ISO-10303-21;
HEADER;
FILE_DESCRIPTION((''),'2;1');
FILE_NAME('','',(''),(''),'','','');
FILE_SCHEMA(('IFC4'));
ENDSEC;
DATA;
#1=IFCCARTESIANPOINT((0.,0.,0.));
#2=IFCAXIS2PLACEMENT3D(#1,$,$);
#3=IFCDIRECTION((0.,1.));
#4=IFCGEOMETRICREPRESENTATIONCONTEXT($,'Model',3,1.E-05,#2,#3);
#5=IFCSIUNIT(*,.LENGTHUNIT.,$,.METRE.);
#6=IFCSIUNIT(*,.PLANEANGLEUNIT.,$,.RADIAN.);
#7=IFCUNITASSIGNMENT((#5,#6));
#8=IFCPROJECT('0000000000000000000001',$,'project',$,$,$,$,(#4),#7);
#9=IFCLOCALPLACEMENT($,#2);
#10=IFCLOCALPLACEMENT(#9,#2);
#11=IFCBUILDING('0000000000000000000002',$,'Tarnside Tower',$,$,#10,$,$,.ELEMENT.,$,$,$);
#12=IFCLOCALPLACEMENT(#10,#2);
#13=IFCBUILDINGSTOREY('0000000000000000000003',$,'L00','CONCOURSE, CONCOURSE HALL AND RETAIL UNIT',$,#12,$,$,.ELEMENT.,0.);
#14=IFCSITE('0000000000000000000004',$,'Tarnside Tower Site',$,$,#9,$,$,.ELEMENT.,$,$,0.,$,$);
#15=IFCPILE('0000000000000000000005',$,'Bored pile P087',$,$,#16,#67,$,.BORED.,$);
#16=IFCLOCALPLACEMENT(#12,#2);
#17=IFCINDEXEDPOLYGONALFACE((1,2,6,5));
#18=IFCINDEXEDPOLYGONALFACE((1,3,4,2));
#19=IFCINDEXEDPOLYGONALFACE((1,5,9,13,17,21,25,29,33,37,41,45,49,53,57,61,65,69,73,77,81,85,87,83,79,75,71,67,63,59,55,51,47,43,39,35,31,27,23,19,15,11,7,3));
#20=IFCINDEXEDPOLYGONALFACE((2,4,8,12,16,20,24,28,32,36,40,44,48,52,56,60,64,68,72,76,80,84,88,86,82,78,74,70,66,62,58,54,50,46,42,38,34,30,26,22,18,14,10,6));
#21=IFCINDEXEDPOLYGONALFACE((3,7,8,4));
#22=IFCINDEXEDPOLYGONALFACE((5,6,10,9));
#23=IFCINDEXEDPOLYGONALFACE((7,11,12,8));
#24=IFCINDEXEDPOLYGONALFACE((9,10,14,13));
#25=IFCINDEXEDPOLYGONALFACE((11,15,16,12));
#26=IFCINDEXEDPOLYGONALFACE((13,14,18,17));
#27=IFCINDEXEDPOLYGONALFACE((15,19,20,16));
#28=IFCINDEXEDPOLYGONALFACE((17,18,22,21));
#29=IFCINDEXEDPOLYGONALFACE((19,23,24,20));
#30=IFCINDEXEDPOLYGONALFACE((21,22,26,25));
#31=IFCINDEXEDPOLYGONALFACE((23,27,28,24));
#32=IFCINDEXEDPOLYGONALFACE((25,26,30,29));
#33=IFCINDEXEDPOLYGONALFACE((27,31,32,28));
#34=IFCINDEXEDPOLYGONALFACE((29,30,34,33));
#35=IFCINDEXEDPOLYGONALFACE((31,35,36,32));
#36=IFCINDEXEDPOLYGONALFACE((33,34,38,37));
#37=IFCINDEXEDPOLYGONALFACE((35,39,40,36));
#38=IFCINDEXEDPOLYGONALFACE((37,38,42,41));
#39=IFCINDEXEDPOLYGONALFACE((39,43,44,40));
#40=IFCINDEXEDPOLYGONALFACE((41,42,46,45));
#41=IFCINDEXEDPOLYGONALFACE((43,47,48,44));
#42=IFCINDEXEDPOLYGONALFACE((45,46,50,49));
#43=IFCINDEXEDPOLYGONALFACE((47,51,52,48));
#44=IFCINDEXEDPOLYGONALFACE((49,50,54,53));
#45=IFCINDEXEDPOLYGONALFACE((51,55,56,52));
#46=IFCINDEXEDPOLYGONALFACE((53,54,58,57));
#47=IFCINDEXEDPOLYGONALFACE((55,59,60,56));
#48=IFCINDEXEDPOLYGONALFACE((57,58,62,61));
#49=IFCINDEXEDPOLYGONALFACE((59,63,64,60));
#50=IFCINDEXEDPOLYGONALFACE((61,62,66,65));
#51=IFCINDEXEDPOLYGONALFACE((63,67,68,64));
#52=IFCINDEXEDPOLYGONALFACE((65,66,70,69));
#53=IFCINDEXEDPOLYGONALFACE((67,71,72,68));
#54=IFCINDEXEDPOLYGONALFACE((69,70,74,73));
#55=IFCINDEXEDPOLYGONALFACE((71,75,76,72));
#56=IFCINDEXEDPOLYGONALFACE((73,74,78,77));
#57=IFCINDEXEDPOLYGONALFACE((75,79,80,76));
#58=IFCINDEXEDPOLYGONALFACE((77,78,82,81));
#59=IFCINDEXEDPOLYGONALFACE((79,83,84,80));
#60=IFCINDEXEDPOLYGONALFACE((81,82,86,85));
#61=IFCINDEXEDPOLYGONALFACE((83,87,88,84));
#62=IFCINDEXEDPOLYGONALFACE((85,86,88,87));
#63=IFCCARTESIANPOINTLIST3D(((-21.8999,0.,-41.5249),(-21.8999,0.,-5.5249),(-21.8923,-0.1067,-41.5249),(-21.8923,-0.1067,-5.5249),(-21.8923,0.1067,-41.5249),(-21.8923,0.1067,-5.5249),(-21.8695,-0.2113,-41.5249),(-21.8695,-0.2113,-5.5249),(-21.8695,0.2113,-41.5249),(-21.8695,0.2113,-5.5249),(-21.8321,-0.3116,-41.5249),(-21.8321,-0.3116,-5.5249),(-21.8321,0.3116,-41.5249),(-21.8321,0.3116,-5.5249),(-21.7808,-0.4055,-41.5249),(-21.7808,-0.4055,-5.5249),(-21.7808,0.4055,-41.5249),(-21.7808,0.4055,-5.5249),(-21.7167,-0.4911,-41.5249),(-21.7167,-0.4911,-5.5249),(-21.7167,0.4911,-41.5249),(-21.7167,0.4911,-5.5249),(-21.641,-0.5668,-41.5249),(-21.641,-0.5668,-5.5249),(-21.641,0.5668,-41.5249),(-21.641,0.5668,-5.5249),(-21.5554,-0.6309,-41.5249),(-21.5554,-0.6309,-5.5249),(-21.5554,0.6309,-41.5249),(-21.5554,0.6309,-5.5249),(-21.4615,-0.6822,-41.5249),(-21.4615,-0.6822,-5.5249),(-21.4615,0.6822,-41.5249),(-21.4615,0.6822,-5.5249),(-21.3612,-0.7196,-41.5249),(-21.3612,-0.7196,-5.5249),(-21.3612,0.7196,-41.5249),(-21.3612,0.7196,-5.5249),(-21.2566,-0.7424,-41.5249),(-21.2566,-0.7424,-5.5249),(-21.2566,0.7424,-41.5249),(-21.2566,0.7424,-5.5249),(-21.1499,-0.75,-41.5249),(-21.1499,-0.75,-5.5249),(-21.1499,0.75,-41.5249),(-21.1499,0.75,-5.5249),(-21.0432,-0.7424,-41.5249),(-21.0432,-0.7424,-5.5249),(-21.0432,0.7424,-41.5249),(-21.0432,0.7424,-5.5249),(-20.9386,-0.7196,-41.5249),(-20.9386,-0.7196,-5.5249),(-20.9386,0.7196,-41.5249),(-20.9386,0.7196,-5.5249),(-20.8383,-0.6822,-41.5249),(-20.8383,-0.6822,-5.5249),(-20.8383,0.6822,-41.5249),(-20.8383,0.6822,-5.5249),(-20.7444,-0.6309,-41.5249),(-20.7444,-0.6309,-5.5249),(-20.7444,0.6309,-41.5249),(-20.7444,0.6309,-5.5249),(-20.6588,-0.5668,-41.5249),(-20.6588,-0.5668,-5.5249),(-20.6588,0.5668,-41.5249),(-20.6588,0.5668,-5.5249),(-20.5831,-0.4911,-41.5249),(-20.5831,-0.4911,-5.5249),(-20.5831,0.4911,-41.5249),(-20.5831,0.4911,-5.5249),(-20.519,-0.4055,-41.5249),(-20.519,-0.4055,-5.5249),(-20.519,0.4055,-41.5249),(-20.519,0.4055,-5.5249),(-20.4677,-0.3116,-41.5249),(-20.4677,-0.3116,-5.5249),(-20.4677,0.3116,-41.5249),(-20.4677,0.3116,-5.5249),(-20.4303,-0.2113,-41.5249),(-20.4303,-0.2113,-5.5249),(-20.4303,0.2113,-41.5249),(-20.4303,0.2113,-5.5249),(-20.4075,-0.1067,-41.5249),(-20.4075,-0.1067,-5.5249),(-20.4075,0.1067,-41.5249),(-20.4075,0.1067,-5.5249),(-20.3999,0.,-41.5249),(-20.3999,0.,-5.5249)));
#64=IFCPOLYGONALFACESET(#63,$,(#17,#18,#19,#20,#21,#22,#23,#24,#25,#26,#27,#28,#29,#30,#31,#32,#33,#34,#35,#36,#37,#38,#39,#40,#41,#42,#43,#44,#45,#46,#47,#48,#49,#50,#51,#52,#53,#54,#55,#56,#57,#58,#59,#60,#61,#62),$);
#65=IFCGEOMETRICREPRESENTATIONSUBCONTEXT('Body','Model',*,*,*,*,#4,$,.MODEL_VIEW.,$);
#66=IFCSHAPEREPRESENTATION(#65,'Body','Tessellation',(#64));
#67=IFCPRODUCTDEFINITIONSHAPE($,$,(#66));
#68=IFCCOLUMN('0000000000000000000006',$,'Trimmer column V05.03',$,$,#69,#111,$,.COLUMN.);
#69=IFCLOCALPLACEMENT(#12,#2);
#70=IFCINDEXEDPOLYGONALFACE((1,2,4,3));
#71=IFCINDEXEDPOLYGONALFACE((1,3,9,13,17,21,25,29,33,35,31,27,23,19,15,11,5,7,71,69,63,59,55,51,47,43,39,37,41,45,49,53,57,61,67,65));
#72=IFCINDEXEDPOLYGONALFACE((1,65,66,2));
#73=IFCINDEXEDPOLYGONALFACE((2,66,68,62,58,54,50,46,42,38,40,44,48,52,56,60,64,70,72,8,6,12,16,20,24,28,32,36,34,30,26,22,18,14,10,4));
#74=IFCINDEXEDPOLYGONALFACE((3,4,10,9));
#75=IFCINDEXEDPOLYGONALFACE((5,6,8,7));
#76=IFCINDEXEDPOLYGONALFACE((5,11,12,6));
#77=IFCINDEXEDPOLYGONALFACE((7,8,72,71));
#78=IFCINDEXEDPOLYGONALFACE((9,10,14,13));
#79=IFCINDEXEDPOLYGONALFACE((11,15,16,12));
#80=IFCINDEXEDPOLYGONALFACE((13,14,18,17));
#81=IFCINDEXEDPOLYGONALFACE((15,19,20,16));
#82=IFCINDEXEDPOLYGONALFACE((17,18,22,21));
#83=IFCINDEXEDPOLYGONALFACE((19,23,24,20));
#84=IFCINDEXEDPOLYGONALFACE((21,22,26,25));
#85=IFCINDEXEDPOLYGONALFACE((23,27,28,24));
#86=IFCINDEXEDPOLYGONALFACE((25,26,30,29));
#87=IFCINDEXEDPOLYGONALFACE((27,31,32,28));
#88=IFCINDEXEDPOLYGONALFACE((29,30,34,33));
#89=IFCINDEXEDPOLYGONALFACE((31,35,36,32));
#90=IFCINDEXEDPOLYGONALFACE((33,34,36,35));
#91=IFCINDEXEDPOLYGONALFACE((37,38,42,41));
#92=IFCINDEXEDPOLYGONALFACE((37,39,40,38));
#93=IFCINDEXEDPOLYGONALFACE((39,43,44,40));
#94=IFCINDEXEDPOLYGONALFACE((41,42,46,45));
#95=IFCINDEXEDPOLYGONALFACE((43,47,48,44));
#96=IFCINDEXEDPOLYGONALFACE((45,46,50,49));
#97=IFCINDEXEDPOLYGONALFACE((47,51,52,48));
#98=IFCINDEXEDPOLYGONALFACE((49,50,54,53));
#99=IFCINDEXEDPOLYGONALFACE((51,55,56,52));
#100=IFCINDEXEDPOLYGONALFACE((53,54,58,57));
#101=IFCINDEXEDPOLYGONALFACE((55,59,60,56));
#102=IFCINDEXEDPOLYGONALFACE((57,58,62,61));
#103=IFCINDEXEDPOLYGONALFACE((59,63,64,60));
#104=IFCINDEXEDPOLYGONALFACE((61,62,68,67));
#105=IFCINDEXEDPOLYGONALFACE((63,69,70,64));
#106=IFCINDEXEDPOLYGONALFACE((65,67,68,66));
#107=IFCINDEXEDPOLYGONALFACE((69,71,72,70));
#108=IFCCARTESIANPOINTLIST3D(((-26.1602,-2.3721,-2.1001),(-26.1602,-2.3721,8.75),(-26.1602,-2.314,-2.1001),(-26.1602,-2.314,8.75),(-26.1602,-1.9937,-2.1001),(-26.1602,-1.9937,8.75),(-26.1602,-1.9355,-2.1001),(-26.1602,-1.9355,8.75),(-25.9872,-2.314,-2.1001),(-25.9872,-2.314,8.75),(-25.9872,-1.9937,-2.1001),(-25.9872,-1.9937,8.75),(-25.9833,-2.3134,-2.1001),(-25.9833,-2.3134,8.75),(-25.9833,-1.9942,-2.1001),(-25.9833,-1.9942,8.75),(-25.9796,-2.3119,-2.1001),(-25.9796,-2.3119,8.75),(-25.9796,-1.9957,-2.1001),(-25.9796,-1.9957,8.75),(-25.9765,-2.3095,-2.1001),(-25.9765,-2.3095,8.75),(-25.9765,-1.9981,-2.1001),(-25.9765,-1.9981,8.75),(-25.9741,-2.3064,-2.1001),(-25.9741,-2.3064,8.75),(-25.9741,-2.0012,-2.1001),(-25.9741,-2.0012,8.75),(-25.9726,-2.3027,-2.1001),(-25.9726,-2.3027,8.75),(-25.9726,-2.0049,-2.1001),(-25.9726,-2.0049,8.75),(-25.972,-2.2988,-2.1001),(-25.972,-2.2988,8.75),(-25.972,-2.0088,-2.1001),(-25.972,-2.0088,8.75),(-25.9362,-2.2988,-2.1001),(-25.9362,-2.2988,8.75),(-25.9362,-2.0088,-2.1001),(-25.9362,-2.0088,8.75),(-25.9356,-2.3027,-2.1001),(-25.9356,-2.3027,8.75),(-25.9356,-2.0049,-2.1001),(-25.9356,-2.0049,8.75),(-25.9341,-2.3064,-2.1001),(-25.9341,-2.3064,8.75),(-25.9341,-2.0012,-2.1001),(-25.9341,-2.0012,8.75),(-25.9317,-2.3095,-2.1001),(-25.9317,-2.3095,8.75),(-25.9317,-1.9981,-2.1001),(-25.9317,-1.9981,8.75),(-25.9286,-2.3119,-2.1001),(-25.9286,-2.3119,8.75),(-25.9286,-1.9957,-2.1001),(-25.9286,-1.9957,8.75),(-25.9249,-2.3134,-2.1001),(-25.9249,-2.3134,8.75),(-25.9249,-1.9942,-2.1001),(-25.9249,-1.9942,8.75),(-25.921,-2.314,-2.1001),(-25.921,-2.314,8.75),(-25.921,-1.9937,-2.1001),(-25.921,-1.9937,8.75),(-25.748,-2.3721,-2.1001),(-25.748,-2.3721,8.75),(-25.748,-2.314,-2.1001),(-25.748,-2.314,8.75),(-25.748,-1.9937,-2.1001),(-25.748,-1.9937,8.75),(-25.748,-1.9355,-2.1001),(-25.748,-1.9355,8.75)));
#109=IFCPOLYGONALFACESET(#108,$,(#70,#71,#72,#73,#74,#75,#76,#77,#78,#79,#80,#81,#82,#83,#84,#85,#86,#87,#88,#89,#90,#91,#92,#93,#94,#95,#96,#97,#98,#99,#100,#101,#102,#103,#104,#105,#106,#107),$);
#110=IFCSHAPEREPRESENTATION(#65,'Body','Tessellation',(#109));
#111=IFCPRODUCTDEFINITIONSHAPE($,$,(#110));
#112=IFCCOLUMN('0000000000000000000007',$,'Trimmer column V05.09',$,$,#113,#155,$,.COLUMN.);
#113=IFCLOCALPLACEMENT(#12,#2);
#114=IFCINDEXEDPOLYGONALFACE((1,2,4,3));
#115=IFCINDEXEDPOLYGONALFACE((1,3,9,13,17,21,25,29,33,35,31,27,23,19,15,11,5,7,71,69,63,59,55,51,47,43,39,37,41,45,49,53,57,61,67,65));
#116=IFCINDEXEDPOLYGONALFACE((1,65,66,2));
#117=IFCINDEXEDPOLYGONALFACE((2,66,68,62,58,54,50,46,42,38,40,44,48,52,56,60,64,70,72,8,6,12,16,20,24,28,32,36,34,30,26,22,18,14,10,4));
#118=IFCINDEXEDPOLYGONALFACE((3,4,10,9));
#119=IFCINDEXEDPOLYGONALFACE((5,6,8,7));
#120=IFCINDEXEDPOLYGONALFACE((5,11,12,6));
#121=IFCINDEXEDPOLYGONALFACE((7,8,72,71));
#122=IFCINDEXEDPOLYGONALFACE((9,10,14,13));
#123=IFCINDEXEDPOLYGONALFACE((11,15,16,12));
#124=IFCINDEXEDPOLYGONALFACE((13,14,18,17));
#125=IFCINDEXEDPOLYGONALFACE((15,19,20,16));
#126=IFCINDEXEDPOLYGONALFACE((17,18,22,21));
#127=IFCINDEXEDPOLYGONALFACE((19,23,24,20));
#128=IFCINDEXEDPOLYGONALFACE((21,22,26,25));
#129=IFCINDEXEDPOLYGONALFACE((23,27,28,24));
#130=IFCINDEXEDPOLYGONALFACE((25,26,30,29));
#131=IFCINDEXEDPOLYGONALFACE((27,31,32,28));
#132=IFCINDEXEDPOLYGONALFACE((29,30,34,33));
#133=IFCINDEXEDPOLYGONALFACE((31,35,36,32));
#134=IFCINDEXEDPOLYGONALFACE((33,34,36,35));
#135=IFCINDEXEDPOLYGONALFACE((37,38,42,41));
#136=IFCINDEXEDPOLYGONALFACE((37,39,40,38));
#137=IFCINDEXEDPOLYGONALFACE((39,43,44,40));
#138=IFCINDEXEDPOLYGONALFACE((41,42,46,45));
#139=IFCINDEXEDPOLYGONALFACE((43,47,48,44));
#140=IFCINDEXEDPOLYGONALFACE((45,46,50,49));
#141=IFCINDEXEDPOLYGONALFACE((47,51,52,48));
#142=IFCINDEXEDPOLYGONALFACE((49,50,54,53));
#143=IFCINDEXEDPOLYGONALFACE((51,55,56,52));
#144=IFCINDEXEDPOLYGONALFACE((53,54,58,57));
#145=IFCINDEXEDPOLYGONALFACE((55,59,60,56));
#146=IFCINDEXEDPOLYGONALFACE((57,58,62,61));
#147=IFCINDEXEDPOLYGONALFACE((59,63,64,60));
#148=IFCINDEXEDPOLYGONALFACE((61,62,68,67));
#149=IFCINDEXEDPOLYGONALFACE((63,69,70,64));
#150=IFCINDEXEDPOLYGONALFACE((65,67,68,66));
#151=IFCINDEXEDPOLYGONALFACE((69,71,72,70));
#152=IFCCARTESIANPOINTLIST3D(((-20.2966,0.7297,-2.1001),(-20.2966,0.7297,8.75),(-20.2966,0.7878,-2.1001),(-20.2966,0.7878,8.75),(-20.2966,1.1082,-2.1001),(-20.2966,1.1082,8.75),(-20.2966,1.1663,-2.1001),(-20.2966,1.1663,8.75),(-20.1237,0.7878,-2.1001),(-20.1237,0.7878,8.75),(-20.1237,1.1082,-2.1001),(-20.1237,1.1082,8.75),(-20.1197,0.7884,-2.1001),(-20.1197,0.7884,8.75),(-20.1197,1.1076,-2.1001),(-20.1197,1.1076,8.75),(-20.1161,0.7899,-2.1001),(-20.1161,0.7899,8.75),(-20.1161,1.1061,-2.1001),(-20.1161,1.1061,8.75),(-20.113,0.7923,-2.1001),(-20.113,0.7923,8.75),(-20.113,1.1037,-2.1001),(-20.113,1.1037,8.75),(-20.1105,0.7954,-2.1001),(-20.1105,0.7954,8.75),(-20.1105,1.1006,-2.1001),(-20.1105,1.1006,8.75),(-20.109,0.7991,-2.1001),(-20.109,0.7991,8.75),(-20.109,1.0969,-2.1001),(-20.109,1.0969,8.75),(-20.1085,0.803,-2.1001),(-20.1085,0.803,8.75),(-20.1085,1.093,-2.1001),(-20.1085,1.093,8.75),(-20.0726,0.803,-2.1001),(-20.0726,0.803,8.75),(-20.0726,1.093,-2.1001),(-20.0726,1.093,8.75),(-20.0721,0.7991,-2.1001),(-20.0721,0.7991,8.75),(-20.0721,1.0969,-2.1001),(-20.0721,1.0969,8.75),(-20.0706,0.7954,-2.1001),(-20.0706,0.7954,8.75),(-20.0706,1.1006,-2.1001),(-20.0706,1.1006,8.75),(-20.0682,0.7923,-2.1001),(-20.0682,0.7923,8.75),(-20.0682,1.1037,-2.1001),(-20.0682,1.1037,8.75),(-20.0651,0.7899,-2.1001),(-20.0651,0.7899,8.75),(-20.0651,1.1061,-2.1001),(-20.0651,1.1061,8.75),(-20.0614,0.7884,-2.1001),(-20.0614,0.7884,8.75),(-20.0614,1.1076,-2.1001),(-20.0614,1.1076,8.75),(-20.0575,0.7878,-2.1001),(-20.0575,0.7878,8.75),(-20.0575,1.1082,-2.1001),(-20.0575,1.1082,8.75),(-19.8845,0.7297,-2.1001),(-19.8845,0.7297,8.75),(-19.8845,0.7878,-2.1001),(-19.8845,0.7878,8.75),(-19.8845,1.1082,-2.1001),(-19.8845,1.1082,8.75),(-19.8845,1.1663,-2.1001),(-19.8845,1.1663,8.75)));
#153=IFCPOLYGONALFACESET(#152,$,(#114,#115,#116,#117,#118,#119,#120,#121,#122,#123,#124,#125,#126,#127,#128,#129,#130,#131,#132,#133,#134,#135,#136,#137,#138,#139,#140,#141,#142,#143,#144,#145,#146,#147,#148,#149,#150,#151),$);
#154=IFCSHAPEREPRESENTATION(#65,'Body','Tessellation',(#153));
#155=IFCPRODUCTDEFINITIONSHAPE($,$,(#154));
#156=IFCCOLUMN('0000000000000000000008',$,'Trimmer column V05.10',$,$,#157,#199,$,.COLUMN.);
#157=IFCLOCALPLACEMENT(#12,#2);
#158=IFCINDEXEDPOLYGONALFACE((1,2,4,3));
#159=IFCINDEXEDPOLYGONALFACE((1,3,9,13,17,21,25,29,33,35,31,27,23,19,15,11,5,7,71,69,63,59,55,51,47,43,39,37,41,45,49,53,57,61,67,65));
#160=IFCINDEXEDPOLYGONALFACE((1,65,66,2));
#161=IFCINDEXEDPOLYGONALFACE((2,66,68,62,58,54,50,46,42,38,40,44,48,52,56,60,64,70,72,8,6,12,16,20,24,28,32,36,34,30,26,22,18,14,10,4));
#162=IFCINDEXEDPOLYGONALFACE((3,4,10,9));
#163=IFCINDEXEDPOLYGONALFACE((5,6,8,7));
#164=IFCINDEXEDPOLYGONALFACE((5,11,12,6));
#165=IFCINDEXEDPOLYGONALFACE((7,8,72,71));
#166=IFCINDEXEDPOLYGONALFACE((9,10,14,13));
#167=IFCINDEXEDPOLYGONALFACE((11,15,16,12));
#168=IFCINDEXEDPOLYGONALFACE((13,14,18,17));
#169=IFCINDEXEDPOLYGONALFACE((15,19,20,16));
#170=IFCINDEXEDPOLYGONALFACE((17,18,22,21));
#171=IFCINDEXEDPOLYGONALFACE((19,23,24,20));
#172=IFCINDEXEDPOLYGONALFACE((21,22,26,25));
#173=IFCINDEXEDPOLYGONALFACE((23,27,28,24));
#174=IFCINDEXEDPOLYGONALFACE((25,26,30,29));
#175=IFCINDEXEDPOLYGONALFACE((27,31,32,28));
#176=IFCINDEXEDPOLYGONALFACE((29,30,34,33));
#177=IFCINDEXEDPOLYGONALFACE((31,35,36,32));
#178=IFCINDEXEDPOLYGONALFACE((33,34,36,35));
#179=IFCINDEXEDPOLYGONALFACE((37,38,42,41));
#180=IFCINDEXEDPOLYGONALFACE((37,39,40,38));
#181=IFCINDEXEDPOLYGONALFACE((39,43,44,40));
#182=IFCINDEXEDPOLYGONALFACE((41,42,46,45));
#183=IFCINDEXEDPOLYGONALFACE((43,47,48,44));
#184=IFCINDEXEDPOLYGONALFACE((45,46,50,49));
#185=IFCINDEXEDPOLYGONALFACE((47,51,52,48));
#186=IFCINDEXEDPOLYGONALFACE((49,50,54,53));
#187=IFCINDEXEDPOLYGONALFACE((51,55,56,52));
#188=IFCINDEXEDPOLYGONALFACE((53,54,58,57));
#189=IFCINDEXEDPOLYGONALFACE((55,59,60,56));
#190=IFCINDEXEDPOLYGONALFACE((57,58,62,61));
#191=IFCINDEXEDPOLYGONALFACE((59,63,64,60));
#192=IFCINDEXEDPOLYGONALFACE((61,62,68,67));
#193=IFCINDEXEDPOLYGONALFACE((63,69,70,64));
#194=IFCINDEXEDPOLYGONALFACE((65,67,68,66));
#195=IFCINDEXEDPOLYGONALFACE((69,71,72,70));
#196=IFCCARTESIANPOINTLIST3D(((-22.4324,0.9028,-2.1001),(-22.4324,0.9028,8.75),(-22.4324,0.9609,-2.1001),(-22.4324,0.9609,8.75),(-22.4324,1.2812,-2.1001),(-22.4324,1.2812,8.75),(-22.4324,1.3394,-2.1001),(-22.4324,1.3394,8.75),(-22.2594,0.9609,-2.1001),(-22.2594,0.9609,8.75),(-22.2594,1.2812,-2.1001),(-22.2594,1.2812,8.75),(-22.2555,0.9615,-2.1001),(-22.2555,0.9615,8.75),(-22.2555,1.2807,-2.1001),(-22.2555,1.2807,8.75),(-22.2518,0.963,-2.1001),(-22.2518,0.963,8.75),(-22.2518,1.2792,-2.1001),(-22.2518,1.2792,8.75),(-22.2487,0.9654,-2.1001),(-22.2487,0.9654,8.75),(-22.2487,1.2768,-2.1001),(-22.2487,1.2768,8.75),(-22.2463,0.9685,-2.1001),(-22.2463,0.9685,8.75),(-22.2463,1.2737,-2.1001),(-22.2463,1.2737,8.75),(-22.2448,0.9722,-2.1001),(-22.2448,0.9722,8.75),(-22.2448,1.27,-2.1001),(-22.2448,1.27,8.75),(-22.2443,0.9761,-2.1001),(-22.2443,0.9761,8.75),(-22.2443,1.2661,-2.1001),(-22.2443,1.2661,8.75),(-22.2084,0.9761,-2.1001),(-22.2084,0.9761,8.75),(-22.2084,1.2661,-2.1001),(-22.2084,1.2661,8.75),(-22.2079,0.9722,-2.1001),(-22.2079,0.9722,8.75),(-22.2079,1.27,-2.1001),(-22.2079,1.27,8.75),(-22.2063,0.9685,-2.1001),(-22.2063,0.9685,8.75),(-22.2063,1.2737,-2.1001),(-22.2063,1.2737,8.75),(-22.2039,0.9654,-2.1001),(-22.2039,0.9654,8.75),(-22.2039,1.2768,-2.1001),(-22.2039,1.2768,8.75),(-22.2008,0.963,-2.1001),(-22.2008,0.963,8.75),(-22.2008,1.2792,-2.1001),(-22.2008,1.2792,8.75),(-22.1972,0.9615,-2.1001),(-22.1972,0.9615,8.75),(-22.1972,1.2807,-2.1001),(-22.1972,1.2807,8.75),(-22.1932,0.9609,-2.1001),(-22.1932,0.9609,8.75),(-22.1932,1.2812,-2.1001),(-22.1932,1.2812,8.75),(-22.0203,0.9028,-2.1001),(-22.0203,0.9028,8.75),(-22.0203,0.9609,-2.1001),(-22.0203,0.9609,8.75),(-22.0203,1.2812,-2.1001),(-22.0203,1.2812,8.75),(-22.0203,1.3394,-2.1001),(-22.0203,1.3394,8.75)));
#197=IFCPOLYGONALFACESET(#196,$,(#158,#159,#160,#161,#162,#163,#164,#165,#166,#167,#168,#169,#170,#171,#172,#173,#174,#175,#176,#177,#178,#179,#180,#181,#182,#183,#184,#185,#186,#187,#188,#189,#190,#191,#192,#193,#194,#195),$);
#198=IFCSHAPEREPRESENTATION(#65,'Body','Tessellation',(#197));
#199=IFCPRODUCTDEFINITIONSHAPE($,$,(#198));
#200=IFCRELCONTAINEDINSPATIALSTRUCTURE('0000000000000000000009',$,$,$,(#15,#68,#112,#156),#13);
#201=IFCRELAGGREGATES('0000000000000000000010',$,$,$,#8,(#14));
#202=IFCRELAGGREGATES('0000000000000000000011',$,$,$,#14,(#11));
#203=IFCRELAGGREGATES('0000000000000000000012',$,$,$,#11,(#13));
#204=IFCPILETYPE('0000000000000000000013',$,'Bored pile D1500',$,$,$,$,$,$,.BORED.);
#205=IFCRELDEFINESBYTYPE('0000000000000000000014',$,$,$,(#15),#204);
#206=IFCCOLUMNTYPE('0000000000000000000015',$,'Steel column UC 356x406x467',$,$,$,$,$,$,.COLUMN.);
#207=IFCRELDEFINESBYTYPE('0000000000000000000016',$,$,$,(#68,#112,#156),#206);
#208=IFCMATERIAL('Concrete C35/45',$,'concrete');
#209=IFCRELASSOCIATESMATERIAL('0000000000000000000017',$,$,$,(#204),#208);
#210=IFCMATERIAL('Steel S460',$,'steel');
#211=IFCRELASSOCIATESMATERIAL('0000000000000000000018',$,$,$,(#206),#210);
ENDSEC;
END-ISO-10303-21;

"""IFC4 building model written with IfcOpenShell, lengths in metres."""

from ifc_helpers import new_model, si_unit, direction, frame, origin, origin_2d, place, context, subcontext, project, spatial, circle, i_section, extrude, material, material_profile, profile_set, type_object, element, save


model = new_model("IFC4")

# Units and contexts
model_context = context("Model", 3, precision=1e-05, world=origin(), true_north=direction((0.0, 1.0)))
body_context = subcontext(model_context, "Body", "Model", "MODEL_VIEW")
ifc_project = project(units=[si_unit("LENGTHUNIT", "METRE"), si_unit("PLANEANGLEUNIT", "RADIAN")], contexts=[model_context])

# Site, building, storey
site_placement = place(None, origin())
site = spatial("IfcSite", under=ifc_project, at=site_placement, Name="Tarnside Tower Site", CompositionType="ELEMENT", RefElevation=0.0)
building_placement = place(site_placement, origin())
building = spatial("IfcBuilding", under=site, at=building_placement, Name="Tarnside Tower", CompositionType="ELEMENT")
storey_placement = place(building_placement, origin())
storey = spatial("IfcBuildingStorey", under=building, at=storey_placement, Name="L00", Description="CONCOURSE, CONCOURSE HALL AND RETAIL UNIT", CompositionType="ELEMENT", Elevation=0.0)

# Pile
ifc_material_1 = material(Name="Concrete C35/45", Category="concrete")
ifc_material_profile_1 = material_profile(ifc_material_1, circle(Radius=0.75, at=origin_2d()), Name="Bored pile D1500")
ifc_profile_set_1 = profile_set([ifc_material_profile_1], Name="Concrete C35/45")
pile_type = type_object("IfcPileType", Name="Bored pile D1500", PredefinedType="BORED", material=ifc_profile_set_1)
for number, where, z_axis, x_axis, name in (
    (1, (-21.1499, 0.0, -5.5249), (0.0, 0.0, -1.0), (1.0, 0.0, 0.0), "Bored pile P087"),
):
    element("IfcPile", number, at=place(storey_placement, frame(where, z_axis=z_axis, x_axis=x_axis)), inside=storey, type_object=pile_type, Name=name, PredefinedType="BORED", context=body_context, shape_type="SweptSolid", body=[
        extrude(circle(Radius=0.75, at=origin_2d()), origin(), (0.0, 0.0, 1.0), 36.0),
    ])

# Columns
ifc_material_2 = material(Name="Steel S460", Category="steel")
ifc_material_profile_2 = material_profile(ifc_material_2, i_section(OverallWidth=0.4121, OverallDepth=0.4365, WebThickness=0.0359, FlangeThickness=0.0581, FilletRadius=0.0151, at=origin_2d()), Name="UC 356x406x467")
ifc_profile_set_2 = profile_set([ifc_material_profile_2], Name="Steel S460")
column_type = type_object("IfcColumnType", Name="Steel column UC 356x406x467", PredefinedType="COLUMN", material=ifc_profile_set_2)
for number, where, z_axis, x_axis, name in (
    (2, (-25.9541, -2.1538, -2.1001), (0.0, 0.0, 1.0), (1.0, 0.0, 0.0), "Trimmer column V05.03"),
    (3, (-20.0906, 0.948, -2.1001), (0.0, 0.0, 1.0), (1.0, 0.0, 0.0), "Trimmer column V05.09"),
    (4, (-22.2263, 1.1211, -2.1001), (0.0, 0.0, 1.0), (1.0, 0.0, 0.0), "Trimmer column V05.10"),
):
    element("IfcColumn", number, at=place(storey_placement, frame(where, z_axis=z_axis, x_axis=x_axis)), inside=storey, type_object=column_type, Name=name, PredefinedType="COLUMN", context=body_context, shape_type="SweptSolid", body=[
        extrude(i_section(OverallWidth=0.4121, OverallDepth=0.4365, WebThickness=0.0359, FlangeThickness=0.0581, FilletRadius=0.0151, at=origin_2d()), origin(), (0.0, 0.0, 1.0), 10.8501),
    ])

save(model, "model.ifc")
